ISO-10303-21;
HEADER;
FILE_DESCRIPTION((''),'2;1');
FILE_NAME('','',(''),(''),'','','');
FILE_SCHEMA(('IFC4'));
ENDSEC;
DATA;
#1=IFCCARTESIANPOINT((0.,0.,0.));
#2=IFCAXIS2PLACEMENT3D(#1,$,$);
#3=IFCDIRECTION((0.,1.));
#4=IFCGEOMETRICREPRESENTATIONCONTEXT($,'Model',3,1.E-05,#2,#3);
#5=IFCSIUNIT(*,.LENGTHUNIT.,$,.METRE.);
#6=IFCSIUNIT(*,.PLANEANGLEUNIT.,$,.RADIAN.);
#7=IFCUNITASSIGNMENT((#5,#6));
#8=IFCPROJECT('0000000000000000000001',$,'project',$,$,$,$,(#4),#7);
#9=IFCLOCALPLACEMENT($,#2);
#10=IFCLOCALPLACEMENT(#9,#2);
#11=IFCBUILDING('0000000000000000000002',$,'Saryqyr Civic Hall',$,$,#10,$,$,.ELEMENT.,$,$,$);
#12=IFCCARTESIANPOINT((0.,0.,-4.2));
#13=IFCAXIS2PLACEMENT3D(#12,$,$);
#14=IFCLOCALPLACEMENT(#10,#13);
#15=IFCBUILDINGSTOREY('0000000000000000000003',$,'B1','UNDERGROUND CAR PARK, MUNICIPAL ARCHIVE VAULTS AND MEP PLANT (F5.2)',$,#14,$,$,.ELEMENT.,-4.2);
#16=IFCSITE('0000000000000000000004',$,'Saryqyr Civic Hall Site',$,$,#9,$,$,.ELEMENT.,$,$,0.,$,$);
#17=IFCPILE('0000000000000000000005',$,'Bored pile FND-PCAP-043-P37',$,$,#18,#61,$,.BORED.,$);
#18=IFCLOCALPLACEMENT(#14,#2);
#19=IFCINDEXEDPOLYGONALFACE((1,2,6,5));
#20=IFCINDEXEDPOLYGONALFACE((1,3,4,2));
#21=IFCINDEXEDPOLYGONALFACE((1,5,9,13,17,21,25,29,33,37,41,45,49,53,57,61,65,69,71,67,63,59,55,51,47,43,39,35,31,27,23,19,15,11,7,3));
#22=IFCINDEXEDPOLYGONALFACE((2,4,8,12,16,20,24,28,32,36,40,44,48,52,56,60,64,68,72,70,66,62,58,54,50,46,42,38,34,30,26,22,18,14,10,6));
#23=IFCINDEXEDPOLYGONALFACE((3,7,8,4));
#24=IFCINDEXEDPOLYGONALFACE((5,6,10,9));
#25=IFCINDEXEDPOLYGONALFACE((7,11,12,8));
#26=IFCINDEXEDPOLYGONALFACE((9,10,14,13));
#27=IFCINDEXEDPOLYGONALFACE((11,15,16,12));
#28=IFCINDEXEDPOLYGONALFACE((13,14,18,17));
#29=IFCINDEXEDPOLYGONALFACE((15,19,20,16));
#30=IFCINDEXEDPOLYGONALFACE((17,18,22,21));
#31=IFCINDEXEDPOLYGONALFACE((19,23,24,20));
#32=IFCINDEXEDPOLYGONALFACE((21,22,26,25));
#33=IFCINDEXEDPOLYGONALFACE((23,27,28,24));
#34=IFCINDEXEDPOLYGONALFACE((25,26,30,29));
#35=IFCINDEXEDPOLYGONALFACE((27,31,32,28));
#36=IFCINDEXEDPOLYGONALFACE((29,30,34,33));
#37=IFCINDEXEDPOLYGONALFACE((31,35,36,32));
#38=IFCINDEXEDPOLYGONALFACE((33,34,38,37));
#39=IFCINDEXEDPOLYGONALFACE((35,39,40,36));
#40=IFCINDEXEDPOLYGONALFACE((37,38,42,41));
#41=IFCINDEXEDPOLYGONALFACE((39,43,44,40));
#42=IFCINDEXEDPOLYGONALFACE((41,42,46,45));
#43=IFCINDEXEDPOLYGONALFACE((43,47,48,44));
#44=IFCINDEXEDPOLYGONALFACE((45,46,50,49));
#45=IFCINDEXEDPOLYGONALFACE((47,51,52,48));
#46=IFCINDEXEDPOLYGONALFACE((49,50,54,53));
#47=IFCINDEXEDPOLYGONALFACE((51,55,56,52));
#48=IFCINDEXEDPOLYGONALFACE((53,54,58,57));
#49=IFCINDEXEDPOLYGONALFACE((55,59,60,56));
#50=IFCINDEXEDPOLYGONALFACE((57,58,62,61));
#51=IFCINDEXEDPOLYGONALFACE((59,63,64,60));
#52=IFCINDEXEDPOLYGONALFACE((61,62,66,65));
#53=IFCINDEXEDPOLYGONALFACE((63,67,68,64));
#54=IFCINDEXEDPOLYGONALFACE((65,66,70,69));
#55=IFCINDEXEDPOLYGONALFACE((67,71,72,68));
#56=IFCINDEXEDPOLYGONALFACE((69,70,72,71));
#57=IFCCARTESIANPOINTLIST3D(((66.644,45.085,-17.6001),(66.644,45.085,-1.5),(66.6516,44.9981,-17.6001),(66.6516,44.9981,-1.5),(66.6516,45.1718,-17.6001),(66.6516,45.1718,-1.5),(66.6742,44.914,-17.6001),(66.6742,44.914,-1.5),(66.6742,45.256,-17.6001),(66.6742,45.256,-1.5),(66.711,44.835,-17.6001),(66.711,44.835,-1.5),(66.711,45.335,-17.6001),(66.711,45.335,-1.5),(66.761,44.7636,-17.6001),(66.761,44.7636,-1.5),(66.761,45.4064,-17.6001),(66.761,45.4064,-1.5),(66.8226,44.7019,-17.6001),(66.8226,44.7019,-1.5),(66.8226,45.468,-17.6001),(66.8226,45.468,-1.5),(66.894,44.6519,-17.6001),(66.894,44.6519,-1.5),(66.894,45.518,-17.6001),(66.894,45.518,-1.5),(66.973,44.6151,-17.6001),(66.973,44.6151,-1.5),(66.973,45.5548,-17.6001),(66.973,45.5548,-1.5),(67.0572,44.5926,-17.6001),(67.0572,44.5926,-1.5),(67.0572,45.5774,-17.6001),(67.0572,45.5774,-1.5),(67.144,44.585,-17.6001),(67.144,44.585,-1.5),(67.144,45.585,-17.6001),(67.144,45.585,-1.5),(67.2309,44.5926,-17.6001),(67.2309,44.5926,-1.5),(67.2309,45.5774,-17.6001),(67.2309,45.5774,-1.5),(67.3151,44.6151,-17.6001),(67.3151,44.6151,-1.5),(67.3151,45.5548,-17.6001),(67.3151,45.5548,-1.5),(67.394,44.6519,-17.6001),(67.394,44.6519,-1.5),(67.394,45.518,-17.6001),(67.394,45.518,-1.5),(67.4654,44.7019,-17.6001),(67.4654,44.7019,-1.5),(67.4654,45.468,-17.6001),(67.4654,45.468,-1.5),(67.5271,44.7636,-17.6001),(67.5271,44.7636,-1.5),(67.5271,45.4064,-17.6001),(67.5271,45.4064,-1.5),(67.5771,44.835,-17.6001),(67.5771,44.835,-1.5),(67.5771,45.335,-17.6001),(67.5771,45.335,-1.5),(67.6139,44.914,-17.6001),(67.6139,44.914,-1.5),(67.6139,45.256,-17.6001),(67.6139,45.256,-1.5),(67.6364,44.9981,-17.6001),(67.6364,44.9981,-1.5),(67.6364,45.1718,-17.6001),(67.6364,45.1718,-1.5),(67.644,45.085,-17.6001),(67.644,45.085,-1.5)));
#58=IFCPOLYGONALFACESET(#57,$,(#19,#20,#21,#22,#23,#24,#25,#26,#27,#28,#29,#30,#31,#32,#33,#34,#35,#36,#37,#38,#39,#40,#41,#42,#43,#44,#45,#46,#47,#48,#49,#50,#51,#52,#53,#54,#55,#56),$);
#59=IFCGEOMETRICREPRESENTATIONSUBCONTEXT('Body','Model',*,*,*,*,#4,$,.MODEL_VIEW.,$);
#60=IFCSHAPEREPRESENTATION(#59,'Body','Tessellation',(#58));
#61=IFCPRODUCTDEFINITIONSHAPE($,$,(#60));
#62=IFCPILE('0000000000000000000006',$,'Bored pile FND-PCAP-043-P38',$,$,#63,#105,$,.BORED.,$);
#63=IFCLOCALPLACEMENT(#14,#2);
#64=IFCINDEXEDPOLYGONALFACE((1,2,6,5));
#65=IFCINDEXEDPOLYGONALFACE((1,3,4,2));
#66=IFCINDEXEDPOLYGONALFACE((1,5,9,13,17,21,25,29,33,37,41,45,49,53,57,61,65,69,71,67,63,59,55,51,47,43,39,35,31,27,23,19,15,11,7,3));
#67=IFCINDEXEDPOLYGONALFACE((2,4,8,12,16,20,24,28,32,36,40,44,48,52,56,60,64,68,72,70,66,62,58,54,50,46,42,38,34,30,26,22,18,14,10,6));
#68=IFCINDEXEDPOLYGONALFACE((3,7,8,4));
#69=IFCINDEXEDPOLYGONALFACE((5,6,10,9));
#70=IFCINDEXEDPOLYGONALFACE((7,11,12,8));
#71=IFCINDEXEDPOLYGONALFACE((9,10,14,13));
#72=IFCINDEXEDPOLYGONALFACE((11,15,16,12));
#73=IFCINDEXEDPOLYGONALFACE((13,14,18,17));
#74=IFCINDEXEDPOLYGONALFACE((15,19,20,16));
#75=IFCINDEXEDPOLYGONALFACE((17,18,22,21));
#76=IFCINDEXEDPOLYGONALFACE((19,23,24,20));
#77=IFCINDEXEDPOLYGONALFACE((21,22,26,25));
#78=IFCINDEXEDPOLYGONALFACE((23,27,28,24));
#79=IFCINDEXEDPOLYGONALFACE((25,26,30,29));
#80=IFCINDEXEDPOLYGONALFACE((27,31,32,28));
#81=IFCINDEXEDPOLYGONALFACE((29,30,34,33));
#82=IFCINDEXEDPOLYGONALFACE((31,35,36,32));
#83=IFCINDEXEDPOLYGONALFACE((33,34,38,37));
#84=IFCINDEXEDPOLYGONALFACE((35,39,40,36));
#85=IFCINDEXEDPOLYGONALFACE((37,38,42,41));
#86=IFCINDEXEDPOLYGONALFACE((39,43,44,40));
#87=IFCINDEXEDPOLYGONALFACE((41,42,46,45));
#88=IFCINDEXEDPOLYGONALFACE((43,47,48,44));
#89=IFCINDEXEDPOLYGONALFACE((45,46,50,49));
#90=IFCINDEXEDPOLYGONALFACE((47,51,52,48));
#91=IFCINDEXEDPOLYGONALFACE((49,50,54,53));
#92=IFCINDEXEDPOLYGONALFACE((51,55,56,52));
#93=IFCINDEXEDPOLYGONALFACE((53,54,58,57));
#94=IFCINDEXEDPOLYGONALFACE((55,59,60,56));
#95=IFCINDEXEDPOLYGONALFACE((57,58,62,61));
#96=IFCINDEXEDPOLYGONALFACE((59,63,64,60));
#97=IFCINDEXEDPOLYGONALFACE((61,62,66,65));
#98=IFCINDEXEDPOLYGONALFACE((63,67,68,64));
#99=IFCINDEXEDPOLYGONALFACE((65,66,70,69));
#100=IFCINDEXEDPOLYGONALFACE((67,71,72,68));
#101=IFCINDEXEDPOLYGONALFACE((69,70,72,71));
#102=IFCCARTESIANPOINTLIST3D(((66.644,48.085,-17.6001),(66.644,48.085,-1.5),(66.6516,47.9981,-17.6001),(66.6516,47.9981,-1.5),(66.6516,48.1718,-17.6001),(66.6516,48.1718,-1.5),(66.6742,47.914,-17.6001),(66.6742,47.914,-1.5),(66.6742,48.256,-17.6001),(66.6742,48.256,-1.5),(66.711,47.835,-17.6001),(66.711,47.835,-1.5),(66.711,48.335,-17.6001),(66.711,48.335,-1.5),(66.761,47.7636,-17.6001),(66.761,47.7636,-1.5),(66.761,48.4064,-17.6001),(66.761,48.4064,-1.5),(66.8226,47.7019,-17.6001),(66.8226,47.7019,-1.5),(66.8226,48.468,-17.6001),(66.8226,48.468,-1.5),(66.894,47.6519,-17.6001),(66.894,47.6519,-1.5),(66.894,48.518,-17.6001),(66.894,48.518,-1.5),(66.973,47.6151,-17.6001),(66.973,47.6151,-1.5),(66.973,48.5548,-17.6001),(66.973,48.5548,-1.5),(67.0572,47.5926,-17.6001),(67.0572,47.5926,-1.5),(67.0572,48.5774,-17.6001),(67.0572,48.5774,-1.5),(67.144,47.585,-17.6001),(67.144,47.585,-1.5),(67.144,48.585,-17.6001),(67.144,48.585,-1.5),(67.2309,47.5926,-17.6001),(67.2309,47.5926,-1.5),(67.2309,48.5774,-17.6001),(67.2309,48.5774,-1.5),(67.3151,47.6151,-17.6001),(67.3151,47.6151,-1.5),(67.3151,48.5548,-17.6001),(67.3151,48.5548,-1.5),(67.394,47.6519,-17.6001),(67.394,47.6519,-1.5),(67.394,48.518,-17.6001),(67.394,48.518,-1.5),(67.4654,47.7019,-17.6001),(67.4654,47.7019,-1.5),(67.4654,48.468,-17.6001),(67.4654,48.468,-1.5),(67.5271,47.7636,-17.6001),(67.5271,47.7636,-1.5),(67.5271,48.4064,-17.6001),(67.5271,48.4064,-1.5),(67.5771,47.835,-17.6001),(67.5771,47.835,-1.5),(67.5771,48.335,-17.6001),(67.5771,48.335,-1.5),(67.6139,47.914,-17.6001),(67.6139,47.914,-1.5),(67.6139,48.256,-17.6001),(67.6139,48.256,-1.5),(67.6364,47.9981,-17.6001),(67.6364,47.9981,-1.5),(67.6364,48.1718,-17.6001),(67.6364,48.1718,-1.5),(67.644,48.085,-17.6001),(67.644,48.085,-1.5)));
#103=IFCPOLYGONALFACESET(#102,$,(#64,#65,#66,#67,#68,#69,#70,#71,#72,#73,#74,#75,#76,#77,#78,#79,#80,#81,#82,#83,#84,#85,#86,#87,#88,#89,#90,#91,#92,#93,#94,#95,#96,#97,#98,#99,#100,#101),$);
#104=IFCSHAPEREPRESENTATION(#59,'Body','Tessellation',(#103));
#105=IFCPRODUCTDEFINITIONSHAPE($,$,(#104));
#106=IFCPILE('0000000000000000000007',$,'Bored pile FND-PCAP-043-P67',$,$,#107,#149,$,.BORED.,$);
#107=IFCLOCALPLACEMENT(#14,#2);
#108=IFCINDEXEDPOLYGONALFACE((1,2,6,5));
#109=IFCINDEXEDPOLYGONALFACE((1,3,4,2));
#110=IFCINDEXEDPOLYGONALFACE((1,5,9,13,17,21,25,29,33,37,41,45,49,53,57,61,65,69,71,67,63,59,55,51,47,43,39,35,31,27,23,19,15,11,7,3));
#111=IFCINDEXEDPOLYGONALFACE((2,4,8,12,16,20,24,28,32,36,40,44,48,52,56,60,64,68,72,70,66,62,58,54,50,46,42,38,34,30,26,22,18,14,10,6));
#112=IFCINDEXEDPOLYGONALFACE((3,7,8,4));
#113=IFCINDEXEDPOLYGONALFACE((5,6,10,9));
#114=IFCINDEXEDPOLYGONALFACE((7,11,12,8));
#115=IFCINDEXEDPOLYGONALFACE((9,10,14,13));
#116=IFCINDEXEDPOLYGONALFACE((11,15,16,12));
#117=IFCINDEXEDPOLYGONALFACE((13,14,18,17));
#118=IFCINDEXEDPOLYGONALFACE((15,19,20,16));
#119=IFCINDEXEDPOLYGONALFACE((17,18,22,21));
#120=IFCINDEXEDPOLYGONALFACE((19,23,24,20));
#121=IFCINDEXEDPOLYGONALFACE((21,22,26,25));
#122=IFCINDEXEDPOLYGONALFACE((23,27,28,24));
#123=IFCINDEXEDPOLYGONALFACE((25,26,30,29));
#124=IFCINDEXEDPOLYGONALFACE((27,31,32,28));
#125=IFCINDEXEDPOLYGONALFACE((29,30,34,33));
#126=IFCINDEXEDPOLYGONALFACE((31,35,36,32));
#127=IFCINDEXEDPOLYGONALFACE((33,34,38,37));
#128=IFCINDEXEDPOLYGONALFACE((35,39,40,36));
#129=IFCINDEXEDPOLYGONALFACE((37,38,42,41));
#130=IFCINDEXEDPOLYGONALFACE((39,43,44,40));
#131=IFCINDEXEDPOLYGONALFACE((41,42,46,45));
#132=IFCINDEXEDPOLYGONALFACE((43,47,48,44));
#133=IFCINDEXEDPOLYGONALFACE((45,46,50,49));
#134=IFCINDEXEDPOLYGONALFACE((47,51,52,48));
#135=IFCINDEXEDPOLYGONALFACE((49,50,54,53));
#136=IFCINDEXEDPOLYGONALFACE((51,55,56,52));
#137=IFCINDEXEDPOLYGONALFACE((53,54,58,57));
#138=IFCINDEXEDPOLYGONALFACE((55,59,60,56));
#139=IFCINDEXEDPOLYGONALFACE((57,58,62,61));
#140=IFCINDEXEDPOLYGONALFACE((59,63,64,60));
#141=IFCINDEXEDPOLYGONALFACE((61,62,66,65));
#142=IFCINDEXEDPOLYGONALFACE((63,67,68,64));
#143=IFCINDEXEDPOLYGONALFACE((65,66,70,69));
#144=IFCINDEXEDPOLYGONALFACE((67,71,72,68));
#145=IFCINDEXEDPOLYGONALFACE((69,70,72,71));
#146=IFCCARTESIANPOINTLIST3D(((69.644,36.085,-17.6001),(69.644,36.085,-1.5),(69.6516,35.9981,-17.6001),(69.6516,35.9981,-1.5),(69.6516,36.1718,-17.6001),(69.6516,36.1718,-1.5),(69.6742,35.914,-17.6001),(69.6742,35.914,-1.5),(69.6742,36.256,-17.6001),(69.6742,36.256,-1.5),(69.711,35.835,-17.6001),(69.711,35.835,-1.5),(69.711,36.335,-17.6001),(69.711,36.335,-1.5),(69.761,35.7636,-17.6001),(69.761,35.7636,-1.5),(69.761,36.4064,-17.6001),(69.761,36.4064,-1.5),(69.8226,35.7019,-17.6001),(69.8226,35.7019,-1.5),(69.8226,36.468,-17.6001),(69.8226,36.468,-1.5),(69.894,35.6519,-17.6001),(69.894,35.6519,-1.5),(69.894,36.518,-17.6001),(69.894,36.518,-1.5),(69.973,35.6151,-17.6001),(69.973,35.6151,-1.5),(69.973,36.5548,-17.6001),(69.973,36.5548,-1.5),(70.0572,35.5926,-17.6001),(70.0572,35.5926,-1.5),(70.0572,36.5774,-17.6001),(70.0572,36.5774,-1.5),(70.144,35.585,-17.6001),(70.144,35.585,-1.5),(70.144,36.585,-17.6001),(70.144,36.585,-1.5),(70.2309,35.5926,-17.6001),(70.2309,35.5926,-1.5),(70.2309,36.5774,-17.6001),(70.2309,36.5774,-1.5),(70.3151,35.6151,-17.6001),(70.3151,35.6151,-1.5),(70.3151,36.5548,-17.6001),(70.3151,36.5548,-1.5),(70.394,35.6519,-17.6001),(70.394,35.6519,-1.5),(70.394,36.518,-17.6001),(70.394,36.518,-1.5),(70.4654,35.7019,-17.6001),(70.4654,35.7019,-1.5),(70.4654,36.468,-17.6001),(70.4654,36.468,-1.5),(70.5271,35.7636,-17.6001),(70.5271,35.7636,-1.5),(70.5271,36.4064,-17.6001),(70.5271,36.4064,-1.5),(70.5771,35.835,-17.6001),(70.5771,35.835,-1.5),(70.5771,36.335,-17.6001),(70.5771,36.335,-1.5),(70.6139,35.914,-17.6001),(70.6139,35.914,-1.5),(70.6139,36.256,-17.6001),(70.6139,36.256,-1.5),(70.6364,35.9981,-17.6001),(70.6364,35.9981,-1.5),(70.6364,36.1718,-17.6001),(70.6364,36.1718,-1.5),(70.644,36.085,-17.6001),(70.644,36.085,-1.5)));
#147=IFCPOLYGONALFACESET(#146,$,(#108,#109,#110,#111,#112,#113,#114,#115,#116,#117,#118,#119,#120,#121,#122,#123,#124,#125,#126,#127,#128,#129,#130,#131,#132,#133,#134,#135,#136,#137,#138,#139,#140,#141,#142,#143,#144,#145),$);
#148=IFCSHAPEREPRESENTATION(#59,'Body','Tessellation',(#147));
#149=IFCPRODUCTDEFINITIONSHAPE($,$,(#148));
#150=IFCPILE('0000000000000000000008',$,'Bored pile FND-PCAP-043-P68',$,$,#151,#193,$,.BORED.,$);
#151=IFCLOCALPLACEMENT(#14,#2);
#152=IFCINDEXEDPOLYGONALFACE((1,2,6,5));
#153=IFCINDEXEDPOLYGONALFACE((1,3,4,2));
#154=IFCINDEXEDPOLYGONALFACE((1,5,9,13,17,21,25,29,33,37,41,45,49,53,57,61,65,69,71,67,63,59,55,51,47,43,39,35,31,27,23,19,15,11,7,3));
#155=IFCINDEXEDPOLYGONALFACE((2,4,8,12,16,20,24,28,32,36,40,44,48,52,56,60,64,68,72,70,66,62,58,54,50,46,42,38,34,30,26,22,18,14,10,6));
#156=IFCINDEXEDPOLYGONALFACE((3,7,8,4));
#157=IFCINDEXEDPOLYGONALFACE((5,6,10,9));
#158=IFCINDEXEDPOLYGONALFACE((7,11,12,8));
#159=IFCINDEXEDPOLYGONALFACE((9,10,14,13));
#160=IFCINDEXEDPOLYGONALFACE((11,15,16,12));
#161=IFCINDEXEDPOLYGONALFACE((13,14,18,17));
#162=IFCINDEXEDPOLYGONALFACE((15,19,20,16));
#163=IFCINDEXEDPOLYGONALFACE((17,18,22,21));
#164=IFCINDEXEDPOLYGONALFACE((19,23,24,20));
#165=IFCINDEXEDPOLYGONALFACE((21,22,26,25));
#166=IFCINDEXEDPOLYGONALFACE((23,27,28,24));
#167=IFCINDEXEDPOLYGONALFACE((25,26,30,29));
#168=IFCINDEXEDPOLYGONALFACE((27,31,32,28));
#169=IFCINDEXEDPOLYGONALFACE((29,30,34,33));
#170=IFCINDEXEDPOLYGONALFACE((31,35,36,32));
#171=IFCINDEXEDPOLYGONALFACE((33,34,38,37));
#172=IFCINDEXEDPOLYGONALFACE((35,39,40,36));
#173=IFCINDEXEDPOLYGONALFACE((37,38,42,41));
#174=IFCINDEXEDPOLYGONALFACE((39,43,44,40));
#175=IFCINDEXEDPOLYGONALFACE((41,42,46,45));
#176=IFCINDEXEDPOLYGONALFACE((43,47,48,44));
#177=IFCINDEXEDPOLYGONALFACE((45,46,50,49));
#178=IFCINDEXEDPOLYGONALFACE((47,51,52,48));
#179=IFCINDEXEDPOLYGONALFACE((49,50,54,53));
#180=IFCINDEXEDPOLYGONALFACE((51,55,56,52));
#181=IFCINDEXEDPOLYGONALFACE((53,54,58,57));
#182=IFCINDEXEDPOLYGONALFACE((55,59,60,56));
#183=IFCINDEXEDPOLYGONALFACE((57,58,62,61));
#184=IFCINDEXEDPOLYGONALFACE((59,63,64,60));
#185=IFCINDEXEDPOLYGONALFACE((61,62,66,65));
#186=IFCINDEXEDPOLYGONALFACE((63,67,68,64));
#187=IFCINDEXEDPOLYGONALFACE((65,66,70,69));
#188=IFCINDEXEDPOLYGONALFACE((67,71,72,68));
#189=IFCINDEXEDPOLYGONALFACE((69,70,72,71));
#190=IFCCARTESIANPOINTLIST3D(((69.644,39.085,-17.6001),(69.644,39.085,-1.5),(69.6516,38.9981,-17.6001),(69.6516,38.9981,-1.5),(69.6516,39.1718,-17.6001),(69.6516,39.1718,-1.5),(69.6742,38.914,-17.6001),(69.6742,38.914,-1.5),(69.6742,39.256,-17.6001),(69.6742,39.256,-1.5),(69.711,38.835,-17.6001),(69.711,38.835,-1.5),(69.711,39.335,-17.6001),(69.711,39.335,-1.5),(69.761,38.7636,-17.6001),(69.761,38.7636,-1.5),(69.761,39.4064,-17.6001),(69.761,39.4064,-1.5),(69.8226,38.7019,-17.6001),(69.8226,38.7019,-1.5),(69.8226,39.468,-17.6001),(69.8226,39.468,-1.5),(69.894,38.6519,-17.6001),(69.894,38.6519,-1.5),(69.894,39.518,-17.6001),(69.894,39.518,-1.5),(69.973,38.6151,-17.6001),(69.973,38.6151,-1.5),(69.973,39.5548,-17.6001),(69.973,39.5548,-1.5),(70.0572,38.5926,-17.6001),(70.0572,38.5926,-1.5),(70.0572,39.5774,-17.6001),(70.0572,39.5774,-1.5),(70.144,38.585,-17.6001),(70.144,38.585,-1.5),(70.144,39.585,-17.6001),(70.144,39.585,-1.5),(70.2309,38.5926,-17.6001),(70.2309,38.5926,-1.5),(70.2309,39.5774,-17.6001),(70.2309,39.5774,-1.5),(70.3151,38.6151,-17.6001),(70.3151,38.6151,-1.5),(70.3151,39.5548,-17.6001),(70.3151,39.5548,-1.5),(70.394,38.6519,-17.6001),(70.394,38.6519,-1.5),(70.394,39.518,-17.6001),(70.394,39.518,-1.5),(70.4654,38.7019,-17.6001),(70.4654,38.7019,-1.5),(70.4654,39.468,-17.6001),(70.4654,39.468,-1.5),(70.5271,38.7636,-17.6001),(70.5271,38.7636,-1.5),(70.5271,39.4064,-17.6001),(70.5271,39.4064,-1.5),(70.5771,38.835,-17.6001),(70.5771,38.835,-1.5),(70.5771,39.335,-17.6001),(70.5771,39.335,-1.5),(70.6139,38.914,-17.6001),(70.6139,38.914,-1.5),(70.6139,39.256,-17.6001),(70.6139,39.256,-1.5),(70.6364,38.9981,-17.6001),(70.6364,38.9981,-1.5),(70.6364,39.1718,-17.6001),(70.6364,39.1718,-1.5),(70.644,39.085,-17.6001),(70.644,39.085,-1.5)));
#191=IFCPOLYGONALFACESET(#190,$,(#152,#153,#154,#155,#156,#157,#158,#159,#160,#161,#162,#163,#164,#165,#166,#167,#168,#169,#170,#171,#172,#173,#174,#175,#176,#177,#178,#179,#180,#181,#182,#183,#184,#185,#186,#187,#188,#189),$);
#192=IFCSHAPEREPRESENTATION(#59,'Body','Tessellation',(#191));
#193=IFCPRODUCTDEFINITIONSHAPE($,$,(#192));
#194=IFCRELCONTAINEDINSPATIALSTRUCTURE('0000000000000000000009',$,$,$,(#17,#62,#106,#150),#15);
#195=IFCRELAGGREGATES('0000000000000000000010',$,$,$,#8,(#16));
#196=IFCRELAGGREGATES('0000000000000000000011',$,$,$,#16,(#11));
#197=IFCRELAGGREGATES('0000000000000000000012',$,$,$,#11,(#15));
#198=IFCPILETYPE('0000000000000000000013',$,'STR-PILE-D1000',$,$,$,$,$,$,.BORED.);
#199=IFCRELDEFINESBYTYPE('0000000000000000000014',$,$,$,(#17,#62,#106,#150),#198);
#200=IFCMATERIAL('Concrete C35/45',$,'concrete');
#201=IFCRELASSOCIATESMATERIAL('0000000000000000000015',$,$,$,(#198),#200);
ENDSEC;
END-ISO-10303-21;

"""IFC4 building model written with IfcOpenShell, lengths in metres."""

from ifc_helpers import new_model, si_unit, direction, frame, origin, origin_2d, place, context, subcontext, project, spatial, circle, extrude, material, material_profile, profile_set, type_object, element, save


model = new_model("IFC4")

# Units and contexts
model_context = context("Model", 3, precision=1e-05, world=origin(), true_north=direction((0.0, 1.0)))
body_context = subcontext(model_context, "Body", "Model", "MODEL_VIEW")
ifc_project = project(units=[si_unit("LENGTHUNIT", "METRE"), si_unit("PLANEANGLEUNIT", "RADIAN")], contexts=[model_context])

# Site, building, storey
site_placement = place(None, origin())
site = spatial("IfcSite", under=ifc_project, at=site_placement, Name="Saryqyr Civic Hall Site", CompositionType="ELEMENT", RefElevation=0.0)
building_placement = place(site_placement, origin())
building = spatial("IfcBuilding", under=site, at=building_placement, Name="Saryqyr Civic Hall", CompositionType="ELEMENT")
storey_placement = place(building_placement, frame((0.0, 0.0, -4.2)))
storey = spatial("IfcBuildingStorey", under=building, at=storey_placement, Name="B1", Description="UNDERGROUND CAR PARK, MUNICIPAL ARCHIVE VAULTS AND MEP PLANT (F5.2)", CompositionType="ELEMENT", Elevation=-4.2)

# Piles
ifc_material_1 = material(Name="Concrete C35/45", Category="concrete")
ifc_material_profile_1 = material_profile(ifc_material_1, circle(Radius=0.5, at=origin_2d()), Name="BORED PILE D1000")
ifc_profile_set_1 = profile_set([ifc_material_profile_1], Name="Concrete C35/45")
pile_type = type_object("IfcPileType", Name="STR-PILE-D1000", PredefinedType="BORED", material=ifc_profile_set_1)
for number, where, z_axis, x_axis, name in (
    (1, (67.144, 45.085, -1.5), (0.0, 0.0, -1.0), (1.0, 0.0, 0.0), "Bored pile FND-PCAP-043-P37"),
    (2, (67.144, 48.085, -1.5), (0.0, 0.0, -1.0), (1.0, 0.0, 0.0), "Bored pile FND-PCAP-043-P38"),
    (3, (70.144, 36.085, -1.5), (0.0, 0.0, -1.0), (1.0, 0.0, 0.0), "Bored pile FND-PCAP-043-P67"),
    (4, (70.144, 39.085, -1.5), (0.0, 0.0, -1.0), (1.0, 0.0, 0.0), "Bored pile FND-PCAP-043-P68"),
):
    element("IfcPile", number, at=place(storey_placement, frame(where, z_axis=z_axis, x_axis=x_axis)), inside=storey, type_object=pile_type, Name=name, PredefinedType="BORED", context=body_context, shape_type="SweptSolid", body=[
        extrude(circle(Radius=0.5, at=origin_2d()), origin(), (0.0, 0.0, 1.0), 16.1001),
    ])

save(model, "model.ifc")
